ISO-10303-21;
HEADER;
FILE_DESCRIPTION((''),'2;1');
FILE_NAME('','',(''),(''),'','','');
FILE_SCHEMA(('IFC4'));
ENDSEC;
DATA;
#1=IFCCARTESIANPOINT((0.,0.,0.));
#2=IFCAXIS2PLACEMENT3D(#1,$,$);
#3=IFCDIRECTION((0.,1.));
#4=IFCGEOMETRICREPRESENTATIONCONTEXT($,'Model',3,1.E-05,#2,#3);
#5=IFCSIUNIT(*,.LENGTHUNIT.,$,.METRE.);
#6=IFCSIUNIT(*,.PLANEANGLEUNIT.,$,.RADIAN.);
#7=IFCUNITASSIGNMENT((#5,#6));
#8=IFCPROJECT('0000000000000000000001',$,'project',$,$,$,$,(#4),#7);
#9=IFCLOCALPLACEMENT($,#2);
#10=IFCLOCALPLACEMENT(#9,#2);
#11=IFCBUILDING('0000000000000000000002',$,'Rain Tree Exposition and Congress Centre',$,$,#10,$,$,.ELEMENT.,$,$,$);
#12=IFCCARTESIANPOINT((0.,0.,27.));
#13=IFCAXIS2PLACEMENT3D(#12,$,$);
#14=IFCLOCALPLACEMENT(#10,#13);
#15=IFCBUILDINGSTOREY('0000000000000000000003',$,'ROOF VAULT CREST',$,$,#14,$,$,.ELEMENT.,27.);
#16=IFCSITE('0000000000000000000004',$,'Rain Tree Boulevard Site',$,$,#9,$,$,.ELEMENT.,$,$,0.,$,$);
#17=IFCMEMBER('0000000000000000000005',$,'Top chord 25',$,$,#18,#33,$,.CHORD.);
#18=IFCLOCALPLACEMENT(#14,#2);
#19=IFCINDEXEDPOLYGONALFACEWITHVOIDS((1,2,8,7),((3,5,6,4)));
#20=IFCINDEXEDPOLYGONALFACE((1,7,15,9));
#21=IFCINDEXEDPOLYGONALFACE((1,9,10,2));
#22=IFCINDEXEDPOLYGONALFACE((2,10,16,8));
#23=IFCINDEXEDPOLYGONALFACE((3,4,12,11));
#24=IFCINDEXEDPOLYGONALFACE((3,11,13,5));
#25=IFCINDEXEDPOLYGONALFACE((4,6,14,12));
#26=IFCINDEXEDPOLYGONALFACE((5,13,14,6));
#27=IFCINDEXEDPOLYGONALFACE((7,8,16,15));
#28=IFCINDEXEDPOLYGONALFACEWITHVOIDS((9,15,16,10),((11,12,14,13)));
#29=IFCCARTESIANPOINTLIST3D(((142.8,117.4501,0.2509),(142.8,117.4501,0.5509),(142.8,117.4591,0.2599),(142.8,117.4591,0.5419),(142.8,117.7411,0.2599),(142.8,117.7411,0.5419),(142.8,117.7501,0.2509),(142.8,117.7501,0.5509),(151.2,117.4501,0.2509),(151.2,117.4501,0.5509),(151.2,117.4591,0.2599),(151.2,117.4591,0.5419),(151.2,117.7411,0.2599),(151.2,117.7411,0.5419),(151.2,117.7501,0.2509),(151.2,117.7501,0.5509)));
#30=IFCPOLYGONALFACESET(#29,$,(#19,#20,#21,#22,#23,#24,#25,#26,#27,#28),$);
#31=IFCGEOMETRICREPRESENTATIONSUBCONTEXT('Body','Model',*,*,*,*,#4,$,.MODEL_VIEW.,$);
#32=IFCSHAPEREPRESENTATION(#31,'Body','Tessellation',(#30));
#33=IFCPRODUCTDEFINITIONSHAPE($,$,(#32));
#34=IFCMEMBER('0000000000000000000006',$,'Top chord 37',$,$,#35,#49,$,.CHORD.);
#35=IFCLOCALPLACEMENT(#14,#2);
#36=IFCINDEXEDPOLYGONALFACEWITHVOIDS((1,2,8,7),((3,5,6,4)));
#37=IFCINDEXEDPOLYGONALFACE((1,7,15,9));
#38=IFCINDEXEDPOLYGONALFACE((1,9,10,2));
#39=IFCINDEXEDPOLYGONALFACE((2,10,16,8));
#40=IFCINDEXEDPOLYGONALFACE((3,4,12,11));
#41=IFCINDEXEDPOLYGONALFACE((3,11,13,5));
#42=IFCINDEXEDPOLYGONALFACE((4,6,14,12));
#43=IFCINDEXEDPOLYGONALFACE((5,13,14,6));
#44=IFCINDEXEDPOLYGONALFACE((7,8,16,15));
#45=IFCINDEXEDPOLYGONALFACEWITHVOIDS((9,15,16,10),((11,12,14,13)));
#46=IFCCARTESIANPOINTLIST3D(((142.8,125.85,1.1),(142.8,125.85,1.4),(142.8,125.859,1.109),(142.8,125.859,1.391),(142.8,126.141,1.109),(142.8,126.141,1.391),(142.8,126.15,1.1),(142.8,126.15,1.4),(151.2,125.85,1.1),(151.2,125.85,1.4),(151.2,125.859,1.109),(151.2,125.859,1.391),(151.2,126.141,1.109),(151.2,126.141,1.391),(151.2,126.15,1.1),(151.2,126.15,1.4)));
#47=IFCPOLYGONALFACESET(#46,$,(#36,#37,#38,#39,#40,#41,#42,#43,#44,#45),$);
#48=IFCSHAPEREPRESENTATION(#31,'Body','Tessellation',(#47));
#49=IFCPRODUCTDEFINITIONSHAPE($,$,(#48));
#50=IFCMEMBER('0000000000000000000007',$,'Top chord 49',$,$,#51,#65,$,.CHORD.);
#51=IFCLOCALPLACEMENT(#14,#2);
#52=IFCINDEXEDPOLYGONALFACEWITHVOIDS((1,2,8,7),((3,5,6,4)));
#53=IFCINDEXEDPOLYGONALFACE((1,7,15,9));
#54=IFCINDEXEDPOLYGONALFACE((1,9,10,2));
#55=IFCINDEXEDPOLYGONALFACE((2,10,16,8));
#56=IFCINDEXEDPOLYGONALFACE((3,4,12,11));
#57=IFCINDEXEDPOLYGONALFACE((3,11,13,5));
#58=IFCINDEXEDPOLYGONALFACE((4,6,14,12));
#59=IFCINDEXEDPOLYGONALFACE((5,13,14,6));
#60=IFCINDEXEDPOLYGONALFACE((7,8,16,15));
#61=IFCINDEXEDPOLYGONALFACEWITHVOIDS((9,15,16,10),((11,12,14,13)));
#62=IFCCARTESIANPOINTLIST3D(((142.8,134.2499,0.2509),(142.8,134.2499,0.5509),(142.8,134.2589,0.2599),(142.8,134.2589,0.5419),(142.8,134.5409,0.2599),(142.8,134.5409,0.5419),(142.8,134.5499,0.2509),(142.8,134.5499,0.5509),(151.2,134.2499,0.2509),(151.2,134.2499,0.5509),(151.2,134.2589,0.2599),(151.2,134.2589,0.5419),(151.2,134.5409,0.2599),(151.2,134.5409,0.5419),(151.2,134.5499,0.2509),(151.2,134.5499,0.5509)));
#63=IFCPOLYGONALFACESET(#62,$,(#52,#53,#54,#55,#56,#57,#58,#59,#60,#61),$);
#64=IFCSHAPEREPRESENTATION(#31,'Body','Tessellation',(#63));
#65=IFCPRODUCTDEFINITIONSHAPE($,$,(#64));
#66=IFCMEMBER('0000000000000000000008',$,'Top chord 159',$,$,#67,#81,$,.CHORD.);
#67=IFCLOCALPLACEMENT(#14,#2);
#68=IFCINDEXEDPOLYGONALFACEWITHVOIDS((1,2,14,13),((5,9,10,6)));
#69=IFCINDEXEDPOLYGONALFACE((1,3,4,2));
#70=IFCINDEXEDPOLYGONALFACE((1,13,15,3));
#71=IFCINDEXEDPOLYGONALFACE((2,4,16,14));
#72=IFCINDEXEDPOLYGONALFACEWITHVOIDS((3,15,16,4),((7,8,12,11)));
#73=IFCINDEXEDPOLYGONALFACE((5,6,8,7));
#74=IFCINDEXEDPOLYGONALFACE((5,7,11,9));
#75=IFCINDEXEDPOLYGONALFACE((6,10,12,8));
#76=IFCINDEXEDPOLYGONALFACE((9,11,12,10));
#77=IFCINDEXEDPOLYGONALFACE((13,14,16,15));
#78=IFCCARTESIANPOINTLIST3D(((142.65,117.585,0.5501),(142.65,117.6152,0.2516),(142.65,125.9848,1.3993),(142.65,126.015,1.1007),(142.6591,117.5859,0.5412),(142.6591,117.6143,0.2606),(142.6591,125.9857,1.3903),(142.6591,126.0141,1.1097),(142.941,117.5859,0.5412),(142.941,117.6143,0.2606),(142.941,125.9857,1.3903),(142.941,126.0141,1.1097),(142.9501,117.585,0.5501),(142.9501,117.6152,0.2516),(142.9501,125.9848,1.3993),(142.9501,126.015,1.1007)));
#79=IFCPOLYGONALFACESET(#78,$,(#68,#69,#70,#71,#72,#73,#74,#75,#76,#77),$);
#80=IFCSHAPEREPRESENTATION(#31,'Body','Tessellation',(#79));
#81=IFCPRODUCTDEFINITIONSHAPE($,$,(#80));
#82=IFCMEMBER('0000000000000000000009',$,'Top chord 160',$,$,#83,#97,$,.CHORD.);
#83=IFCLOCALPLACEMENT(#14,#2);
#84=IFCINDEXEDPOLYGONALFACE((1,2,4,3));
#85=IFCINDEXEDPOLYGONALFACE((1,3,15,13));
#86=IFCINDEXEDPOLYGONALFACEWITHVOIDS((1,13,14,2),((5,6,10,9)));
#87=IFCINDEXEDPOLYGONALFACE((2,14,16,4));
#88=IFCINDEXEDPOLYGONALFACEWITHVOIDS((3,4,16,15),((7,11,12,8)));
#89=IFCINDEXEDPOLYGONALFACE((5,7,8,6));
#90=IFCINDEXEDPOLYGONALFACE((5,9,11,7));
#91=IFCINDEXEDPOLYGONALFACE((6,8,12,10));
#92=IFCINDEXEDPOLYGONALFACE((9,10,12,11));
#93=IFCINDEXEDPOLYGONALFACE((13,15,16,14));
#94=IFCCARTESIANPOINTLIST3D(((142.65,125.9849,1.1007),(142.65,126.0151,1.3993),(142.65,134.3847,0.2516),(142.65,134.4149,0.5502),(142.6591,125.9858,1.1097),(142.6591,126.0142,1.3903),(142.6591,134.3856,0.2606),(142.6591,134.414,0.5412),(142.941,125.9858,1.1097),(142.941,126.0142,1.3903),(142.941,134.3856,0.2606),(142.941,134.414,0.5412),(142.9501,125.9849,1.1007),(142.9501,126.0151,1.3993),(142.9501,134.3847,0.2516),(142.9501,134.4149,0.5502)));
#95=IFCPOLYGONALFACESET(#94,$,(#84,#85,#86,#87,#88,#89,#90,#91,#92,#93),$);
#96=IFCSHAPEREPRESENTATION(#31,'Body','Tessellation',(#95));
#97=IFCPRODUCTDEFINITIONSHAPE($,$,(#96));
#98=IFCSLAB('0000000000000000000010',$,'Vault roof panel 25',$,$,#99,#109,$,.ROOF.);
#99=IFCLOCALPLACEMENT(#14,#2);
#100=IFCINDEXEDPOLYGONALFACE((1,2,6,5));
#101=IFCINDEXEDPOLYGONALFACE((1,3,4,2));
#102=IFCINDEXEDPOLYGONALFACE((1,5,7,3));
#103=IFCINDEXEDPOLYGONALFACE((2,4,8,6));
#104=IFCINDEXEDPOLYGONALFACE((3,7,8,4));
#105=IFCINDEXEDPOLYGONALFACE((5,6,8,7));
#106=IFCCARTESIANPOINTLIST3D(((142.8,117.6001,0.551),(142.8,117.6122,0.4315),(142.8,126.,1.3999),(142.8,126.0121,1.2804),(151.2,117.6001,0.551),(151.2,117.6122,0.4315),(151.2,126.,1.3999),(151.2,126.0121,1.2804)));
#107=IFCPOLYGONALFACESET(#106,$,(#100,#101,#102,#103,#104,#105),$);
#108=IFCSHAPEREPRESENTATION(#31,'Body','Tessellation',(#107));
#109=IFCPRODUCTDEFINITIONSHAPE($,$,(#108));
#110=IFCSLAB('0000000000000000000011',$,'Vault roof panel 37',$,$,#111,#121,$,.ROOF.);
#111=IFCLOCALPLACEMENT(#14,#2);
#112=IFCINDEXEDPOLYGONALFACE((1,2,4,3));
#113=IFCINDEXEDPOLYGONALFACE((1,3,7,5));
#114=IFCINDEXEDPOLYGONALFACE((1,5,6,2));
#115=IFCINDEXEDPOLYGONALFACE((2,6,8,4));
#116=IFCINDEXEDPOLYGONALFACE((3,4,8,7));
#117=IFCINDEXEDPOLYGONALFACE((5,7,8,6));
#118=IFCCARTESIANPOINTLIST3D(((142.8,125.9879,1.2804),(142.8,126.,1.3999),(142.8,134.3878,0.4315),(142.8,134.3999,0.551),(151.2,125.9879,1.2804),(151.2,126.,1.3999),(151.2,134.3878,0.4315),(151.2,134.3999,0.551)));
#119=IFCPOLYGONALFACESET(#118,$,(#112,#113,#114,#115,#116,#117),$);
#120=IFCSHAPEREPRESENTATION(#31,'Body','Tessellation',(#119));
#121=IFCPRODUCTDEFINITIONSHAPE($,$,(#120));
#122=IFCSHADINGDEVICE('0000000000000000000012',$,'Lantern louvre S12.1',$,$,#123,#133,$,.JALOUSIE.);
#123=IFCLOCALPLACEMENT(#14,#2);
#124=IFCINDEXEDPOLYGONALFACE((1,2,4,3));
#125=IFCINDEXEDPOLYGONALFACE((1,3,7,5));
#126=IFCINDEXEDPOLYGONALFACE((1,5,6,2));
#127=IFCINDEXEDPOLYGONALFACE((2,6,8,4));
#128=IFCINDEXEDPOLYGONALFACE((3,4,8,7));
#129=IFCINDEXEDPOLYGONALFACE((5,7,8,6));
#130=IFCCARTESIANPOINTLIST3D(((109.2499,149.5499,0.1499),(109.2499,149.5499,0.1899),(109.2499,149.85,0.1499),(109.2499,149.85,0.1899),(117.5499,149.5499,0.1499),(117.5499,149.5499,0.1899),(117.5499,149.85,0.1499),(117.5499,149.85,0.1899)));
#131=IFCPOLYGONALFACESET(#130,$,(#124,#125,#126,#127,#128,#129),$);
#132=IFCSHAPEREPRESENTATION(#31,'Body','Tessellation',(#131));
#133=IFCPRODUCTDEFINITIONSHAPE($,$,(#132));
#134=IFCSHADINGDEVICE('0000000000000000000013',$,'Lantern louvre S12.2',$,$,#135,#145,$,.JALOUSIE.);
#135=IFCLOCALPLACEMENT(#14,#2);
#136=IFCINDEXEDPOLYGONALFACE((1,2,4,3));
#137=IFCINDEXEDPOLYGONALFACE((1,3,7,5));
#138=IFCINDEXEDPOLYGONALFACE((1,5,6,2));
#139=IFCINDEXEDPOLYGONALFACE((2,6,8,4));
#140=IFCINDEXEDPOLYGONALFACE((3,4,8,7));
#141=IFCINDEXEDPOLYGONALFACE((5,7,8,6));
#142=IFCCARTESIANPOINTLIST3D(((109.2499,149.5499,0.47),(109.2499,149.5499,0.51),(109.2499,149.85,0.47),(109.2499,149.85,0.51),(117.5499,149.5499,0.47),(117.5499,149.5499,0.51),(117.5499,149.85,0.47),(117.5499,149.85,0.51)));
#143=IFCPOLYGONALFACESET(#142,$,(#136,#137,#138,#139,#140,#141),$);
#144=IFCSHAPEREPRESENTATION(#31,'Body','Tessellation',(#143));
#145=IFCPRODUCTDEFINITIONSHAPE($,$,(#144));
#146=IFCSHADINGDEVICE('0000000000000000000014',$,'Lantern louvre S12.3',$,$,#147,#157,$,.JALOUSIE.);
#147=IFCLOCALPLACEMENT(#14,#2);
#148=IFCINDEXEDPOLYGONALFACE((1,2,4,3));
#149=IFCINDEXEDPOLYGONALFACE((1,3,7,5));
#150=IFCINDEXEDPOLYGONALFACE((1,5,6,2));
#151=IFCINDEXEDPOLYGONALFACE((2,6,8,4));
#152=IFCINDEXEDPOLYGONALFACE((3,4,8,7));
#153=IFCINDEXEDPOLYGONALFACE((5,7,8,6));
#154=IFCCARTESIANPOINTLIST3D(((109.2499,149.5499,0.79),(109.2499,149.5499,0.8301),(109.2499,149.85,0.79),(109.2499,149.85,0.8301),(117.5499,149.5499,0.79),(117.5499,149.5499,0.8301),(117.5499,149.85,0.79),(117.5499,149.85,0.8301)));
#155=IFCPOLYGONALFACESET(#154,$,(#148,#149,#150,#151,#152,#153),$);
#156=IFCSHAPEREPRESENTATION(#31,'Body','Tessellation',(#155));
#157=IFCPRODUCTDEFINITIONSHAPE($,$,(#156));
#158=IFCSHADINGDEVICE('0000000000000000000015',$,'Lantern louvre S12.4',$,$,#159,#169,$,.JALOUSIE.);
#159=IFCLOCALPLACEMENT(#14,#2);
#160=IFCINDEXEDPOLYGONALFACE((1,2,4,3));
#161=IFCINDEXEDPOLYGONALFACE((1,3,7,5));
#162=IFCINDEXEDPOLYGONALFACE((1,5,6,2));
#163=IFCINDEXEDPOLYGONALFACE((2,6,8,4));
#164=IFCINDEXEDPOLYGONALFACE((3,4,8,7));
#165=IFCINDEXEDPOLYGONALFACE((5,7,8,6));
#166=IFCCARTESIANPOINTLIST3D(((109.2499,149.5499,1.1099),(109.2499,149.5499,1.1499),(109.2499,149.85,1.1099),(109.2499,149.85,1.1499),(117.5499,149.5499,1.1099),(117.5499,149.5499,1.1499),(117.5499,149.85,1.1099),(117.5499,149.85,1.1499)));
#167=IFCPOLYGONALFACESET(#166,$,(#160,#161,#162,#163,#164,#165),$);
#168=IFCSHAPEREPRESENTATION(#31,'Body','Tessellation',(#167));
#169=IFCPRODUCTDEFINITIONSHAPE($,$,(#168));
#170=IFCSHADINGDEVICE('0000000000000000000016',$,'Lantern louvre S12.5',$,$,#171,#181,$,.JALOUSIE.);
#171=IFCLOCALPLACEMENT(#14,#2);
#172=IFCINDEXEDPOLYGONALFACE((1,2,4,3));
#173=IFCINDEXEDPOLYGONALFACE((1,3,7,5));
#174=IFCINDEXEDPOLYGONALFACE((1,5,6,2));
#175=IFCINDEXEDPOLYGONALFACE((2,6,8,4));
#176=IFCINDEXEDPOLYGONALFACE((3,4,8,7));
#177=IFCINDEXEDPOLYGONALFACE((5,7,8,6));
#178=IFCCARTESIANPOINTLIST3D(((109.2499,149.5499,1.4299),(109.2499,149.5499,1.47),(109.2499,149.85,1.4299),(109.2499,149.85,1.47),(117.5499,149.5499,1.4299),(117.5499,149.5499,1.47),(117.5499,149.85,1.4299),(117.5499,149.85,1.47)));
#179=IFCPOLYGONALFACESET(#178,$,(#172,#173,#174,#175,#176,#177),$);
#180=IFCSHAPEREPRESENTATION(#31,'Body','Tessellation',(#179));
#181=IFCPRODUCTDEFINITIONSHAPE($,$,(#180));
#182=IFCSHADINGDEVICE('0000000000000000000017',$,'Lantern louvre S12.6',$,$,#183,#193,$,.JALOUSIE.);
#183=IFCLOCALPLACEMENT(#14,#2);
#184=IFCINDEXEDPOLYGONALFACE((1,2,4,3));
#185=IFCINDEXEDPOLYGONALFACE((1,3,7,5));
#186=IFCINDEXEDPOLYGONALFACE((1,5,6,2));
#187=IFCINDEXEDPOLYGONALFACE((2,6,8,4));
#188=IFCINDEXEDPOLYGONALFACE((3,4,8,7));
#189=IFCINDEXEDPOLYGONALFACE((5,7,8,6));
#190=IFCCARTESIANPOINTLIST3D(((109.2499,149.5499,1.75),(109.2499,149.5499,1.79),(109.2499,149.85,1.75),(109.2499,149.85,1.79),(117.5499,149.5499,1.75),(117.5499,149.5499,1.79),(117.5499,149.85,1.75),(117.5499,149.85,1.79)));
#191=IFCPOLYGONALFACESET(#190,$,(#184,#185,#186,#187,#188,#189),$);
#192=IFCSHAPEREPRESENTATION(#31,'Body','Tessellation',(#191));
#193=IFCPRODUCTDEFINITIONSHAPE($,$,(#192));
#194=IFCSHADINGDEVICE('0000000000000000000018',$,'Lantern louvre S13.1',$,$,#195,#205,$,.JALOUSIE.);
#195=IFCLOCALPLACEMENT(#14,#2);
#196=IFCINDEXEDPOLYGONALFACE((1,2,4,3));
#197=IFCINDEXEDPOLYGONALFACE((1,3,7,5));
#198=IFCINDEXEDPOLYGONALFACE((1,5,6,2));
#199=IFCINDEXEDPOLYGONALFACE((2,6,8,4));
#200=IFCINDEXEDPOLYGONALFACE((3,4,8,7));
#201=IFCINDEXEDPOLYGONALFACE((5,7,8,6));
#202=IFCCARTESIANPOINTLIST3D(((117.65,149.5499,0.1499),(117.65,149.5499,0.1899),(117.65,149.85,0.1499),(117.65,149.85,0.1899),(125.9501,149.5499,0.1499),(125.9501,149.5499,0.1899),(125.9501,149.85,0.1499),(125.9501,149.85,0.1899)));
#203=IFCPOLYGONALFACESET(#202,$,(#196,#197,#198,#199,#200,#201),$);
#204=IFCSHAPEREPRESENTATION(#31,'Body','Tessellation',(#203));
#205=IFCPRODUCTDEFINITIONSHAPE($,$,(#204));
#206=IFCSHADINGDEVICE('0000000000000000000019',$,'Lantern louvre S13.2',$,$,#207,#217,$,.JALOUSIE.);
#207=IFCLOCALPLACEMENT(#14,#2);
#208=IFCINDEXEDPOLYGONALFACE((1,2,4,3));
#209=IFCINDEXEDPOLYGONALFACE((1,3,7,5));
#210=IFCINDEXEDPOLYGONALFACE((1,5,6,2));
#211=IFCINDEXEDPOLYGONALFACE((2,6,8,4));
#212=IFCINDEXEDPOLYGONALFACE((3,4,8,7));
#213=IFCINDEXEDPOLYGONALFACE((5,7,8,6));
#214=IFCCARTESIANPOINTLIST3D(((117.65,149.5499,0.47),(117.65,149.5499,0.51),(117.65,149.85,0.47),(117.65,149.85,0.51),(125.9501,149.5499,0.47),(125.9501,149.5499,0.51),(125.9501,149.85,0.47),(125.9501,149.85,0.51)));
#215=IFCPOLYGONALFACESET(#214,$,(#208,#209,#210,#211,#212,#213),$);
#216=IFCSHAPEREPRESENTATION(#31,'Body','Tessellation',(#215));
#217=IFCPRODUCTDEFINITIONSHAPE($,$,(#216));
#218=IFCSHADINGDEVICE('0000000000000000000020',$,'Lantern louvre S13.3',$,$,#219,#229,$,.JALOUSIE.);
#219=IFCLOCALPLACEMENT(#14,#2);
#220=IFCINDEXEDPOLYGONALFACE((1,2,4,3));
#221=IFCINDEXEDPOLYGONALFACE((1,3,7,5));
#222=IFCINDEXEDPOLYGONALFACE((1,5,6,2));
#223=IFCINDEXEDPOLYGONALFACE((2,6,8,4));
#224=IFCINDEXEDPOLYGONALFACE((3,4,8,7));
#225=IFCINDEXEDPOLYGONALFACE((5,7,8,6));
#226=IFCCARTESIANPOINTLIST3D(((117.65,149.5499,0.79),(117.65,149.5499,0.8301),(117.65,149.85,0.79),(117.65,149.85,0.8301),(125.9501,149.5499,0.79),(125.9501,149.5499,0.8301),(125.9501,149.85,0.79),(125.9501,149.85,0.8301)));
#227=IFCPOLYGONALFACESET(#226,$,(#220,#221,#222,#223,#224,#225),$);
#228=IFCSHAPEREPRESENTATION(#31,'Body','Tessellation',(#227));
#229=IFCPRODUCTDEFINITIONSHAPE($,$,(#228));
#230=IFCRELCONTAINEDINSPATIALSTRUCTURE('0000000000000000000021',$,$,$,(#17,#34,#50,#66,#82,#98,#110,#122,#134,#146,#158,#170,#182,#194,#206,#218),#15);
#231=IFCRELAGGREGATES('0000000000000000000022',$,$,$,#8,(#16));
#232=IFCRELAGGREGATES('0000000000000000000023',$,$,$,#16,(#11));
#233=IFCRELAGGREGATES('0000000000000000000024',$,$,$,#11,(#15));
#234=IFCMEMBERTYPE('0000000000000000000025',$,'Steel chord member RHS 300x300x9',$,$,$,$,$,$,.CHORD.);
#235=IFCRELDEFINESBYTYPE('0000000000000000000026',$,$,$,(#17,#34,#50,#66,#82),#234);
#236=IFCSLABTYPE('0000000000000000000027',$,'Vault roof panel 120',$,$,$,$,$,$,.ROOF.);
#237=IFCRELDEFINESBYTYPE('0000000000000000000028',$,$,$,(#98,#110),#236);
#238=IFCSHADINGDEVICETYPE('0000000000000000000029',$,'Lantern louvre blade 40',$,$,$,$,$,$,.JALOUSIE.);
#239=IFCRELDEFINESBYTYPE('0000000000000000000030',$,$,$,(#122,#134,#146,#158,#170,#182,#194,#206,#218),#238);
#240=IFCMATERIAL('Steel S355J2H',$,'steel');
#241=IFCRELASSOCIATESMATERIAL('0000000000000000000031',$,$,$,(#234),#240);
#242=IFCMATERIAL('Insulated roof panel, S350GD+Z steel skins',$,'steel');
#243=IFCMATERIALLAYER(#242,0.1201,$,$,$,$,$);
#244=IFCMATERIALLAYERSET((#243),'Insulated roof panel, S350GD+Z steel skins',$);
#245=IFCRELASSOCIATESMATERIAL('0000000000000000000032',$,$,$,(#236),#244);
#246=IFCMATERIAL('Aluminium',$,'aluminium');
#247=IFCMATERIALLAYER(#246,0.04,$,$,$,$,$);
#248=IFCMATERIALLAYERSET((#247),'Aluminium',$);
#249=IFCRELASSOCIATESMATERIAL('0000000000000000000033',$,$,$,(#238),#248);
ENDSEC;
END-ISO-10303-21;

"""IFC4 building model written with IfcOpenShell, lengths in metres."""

from ifc_helpers import new_model, si_unit, direction, frame, origin, origin_2d, place, context, subcontext, project, spatial, polyline, rectangle, hollow_rectangle, outline, extrude, material, layer, layer_set, material_profile, profile_set, type_object, element, save


model = new_model("IFC4")

# Units and contexts
model_context = context("Model", 3, precision=1e-05, world=origin(), true_north=direction((0.0, 1.0)))
body_context = subcontext(model_context, "Body", "Model", "MODEL_VIEW")
ifc_project = project(units=[si_unit("LENGTHUNIT", "METRE"), si_unit("PLANEANGLEUNIT", "RADIAN")], contexts=[model_context])

# Site, building, storey
site_placement = place(None, origin())
site = spatial("IfcSite", under=ifc_project, at=site_placement, Name="Rain Tree Boulevard Site", CompositionType="ELEMENT", RefElevation=0.0)
building_placement = place(site_placement, origin())
building = spatial("IfcBuilding", under=site, at=building_placement, Name="Rain Tree Exposition and Congress Centre", CompositionType="ELEMENT")
storey_placement = place(building_placement, frame((0.0, 0.0, 27.0)))
storey = spatial("IfcBuildingStorey", under=building, at=storey_placement, Name="ROOF VAULT CREST", CompositionType="ELEMENT", Elevation=27.0)

# Members
ifc_material_1 = material(Name="Steel S355J2H", Category="steel")
ifc_material_profile_1 = material_profile(ifc_material_1, hollow_rectangle(XDim=0.3, YDim=0.3, WallThickness=0.009, at=origin_2d()), Name="RHS 300x300x9")
ifc_profile_set_1 = profile_set([ifc_material_profile_1], Name="Steel S355J2H")
member_type = type_object("IfcMemberType", Name="Steel chord member RHS 300x300x9", PredefinedType="CHORD", material=ifc_profile_set_1)
for number, where, z_axis, x_axis, name in (
    (1, (142.8, 117.6001, 0.4009), (1.0, 0.0, 0.0), (0.0, 1.0, 0.0), "Top chord 25"),
    (2, (142.8, 126.0, 1.25), (1.0, 0.0, 0.0), (0.0, 1.0, 0.0), "Top chord 37"),
    (3, (142.8, 134.3999, 0.4009), (1.0, 0.0, 0.0), (0.0, 1.0, 0.0), "Top chord 49"),
):
    element("IfcMember", number, at=place(storey_placement, frame(where, z_axis=z_axis, x_axis=x_axis)), inside=storey, type_object=member_type, Name=name, PredefinedType="CHORD", context=body_context, shape_type="SweptSolid", body=[
        extrude(hollow_rectangle(XDim=0.3, YDim=0.3, WallThickness=0.009, at=origin_2d()), origin(), (0.0, 0.0, 1.0), 8.3999),
    ])
for number, where, z_axis, x_axis, name in (
    (4, (142.8, 117.6001, 0.4009), (0.0, 0.99493, 0.100574), (-1.0, 0.0, 0.0), "Top chord 159"),
    (5, (142.8, 126.0, 1.25), (0.0, 0.99493, -0.100574), (-1.0, 0.0, 0.0), "Top chord 160"),
):
    element("IfcMember", number, at=place(storey_placement, frame(where, z_axis=z_axis, x_axis=x_axis)), inside=storey, type_object=member_type, Name=name, PredefinedType="CHORD", context=body_context, shape_type="SweptSolid", body=[
        extrude(hollow_rectangle(XDim=0.3, YDim=0.3, WallThickness=0.009, at=origin_2d()), origin(), (0.0, 0.0, 1.0), 8.4426),
    ])

# Slabs
ifc_material_2 = material(Name="Insulated roof panel, S350GD+Z steel skins", Category="steel")
ifc_layer_1 = layer(ifc_material_2, 0.1201)
ifc_layer_set_1 = layer_set([ifc_layer_1], Name="Insulated roof panel, S350GD+Z steel skins")
slab_type = type_object("IfcSlabType", Name="Vault roof panel 120", PredefinedType="ROOF", material=ifc_layer_set_1)
for number, where, z_axis, x_axis, name in (
    (6, (142.8, 117.6001, 0.551), (0.0, -0.100546, 0.994932), (1.0, 0.0, 0.0), "Vault roof panel 25"),
    (7, (142.8, 126.0, 1.3999), (0.0, 0.100546, 0.994932), (1.0, 0.0, 0.0), "Vault roof panel 37"),
):
    element("IfcSlab", number, at=place(storey_placement, frame(where, z_axis=z_axis, x_axis=x_axis)), inside=storey, type_object=slab_type, Name=name, PredefinedType="ROOF", context=body_context, shape_type="SweptSolid", body=[
        extrude(outline(polyline([(0.0, 0.0), (8.3999, 0.0), (8.3999, 8.4427), (0.0, 8.4427), (0.0, 0.0)])), origin(), (0.0, 0.0, -1.0), 0.1201),
    ])

# Shading devices
ifc_material_3 = material(Name="Aluminium", Category="aluminium")
ifc_layer_2 = layer(ifc_material_3, 0.04)
ifc_layer_set_2 = layer_set([ifc_layer_2], Name="Aluminium")
shading_device_type = type_object("IfcShadingDeviceType", Name="Lantern louvre blade 40", PredefinedType="JALOUSIE", material=ifc_layer_set_2)
for number, where, z_axis, x_axis, name in (
    (8, (113.3999, 149.7, 0.1499), (0.0, 0.0, 1.0), (1.0, 0.0, 0.0), "Lantern louvre S12.1"),
    (9, (113.3999, 149.7, 0.47), (0.0, 0.0, 1.0), (1.0, 0.0, 0.0), "Lantern louvre S12.2"),
    (10, (113.3999, 149.7, 0.79), (0.0, 0.0, 1.0), (1.0, 0.0, 0.0), "Lantern louvre S12.3"),
    (11, (113.3999, 149.7, 1.1099), (0.0, 0.0, 1.0), (1.0, 0.0, 0.0), "Lantern louvre S12.4"),
    (12, (113.3999, 149.7, 1.4299), (0.0, 0.0, 1.0), (1.0, 0.0, 0.0), "Lantern louvre S12.5"),
    (13, (113.3999, 149.7, 1.75), (0.0, 0.0, 1.0), (1.0, 0.0, 0.0), "Lantern louvre S12.6"),
    (14, (121.8, 149.7, 0.1499), (0.0, 0.0, 1.0), (1.0, 0.0, 0.0), "Lantern louvre S13.1"),
    (15, (121.8, 149.7, 0.47), (0.0, 0.0, 1.0), (1.0, 0.0, 0.0), "Lantern louvre S13.2"),
    (16, (121.8, 149.7, 0.79), (0.0, 0.0, 1.0), (1.0, 0.0, 0.0), "Lantern louvre S13.3"),
):
    element("IfcShadingDevice", number, at=place(storey_placement, frame(where, z_axis=z_axis, x_axis=x_axis)), inside=storey, type_object=shading_device_type, Name=name, PredefinedType="JALOUSIE", context=body_context, shape_type="SweptSolid", body=[
        extrude(rectangle(XDim=8.3, YDim=0.3, at=origin_2d()), origin(), (0.0, 0.0, 1.0), 0.04),
    ])

save(model, "model.ifc")
